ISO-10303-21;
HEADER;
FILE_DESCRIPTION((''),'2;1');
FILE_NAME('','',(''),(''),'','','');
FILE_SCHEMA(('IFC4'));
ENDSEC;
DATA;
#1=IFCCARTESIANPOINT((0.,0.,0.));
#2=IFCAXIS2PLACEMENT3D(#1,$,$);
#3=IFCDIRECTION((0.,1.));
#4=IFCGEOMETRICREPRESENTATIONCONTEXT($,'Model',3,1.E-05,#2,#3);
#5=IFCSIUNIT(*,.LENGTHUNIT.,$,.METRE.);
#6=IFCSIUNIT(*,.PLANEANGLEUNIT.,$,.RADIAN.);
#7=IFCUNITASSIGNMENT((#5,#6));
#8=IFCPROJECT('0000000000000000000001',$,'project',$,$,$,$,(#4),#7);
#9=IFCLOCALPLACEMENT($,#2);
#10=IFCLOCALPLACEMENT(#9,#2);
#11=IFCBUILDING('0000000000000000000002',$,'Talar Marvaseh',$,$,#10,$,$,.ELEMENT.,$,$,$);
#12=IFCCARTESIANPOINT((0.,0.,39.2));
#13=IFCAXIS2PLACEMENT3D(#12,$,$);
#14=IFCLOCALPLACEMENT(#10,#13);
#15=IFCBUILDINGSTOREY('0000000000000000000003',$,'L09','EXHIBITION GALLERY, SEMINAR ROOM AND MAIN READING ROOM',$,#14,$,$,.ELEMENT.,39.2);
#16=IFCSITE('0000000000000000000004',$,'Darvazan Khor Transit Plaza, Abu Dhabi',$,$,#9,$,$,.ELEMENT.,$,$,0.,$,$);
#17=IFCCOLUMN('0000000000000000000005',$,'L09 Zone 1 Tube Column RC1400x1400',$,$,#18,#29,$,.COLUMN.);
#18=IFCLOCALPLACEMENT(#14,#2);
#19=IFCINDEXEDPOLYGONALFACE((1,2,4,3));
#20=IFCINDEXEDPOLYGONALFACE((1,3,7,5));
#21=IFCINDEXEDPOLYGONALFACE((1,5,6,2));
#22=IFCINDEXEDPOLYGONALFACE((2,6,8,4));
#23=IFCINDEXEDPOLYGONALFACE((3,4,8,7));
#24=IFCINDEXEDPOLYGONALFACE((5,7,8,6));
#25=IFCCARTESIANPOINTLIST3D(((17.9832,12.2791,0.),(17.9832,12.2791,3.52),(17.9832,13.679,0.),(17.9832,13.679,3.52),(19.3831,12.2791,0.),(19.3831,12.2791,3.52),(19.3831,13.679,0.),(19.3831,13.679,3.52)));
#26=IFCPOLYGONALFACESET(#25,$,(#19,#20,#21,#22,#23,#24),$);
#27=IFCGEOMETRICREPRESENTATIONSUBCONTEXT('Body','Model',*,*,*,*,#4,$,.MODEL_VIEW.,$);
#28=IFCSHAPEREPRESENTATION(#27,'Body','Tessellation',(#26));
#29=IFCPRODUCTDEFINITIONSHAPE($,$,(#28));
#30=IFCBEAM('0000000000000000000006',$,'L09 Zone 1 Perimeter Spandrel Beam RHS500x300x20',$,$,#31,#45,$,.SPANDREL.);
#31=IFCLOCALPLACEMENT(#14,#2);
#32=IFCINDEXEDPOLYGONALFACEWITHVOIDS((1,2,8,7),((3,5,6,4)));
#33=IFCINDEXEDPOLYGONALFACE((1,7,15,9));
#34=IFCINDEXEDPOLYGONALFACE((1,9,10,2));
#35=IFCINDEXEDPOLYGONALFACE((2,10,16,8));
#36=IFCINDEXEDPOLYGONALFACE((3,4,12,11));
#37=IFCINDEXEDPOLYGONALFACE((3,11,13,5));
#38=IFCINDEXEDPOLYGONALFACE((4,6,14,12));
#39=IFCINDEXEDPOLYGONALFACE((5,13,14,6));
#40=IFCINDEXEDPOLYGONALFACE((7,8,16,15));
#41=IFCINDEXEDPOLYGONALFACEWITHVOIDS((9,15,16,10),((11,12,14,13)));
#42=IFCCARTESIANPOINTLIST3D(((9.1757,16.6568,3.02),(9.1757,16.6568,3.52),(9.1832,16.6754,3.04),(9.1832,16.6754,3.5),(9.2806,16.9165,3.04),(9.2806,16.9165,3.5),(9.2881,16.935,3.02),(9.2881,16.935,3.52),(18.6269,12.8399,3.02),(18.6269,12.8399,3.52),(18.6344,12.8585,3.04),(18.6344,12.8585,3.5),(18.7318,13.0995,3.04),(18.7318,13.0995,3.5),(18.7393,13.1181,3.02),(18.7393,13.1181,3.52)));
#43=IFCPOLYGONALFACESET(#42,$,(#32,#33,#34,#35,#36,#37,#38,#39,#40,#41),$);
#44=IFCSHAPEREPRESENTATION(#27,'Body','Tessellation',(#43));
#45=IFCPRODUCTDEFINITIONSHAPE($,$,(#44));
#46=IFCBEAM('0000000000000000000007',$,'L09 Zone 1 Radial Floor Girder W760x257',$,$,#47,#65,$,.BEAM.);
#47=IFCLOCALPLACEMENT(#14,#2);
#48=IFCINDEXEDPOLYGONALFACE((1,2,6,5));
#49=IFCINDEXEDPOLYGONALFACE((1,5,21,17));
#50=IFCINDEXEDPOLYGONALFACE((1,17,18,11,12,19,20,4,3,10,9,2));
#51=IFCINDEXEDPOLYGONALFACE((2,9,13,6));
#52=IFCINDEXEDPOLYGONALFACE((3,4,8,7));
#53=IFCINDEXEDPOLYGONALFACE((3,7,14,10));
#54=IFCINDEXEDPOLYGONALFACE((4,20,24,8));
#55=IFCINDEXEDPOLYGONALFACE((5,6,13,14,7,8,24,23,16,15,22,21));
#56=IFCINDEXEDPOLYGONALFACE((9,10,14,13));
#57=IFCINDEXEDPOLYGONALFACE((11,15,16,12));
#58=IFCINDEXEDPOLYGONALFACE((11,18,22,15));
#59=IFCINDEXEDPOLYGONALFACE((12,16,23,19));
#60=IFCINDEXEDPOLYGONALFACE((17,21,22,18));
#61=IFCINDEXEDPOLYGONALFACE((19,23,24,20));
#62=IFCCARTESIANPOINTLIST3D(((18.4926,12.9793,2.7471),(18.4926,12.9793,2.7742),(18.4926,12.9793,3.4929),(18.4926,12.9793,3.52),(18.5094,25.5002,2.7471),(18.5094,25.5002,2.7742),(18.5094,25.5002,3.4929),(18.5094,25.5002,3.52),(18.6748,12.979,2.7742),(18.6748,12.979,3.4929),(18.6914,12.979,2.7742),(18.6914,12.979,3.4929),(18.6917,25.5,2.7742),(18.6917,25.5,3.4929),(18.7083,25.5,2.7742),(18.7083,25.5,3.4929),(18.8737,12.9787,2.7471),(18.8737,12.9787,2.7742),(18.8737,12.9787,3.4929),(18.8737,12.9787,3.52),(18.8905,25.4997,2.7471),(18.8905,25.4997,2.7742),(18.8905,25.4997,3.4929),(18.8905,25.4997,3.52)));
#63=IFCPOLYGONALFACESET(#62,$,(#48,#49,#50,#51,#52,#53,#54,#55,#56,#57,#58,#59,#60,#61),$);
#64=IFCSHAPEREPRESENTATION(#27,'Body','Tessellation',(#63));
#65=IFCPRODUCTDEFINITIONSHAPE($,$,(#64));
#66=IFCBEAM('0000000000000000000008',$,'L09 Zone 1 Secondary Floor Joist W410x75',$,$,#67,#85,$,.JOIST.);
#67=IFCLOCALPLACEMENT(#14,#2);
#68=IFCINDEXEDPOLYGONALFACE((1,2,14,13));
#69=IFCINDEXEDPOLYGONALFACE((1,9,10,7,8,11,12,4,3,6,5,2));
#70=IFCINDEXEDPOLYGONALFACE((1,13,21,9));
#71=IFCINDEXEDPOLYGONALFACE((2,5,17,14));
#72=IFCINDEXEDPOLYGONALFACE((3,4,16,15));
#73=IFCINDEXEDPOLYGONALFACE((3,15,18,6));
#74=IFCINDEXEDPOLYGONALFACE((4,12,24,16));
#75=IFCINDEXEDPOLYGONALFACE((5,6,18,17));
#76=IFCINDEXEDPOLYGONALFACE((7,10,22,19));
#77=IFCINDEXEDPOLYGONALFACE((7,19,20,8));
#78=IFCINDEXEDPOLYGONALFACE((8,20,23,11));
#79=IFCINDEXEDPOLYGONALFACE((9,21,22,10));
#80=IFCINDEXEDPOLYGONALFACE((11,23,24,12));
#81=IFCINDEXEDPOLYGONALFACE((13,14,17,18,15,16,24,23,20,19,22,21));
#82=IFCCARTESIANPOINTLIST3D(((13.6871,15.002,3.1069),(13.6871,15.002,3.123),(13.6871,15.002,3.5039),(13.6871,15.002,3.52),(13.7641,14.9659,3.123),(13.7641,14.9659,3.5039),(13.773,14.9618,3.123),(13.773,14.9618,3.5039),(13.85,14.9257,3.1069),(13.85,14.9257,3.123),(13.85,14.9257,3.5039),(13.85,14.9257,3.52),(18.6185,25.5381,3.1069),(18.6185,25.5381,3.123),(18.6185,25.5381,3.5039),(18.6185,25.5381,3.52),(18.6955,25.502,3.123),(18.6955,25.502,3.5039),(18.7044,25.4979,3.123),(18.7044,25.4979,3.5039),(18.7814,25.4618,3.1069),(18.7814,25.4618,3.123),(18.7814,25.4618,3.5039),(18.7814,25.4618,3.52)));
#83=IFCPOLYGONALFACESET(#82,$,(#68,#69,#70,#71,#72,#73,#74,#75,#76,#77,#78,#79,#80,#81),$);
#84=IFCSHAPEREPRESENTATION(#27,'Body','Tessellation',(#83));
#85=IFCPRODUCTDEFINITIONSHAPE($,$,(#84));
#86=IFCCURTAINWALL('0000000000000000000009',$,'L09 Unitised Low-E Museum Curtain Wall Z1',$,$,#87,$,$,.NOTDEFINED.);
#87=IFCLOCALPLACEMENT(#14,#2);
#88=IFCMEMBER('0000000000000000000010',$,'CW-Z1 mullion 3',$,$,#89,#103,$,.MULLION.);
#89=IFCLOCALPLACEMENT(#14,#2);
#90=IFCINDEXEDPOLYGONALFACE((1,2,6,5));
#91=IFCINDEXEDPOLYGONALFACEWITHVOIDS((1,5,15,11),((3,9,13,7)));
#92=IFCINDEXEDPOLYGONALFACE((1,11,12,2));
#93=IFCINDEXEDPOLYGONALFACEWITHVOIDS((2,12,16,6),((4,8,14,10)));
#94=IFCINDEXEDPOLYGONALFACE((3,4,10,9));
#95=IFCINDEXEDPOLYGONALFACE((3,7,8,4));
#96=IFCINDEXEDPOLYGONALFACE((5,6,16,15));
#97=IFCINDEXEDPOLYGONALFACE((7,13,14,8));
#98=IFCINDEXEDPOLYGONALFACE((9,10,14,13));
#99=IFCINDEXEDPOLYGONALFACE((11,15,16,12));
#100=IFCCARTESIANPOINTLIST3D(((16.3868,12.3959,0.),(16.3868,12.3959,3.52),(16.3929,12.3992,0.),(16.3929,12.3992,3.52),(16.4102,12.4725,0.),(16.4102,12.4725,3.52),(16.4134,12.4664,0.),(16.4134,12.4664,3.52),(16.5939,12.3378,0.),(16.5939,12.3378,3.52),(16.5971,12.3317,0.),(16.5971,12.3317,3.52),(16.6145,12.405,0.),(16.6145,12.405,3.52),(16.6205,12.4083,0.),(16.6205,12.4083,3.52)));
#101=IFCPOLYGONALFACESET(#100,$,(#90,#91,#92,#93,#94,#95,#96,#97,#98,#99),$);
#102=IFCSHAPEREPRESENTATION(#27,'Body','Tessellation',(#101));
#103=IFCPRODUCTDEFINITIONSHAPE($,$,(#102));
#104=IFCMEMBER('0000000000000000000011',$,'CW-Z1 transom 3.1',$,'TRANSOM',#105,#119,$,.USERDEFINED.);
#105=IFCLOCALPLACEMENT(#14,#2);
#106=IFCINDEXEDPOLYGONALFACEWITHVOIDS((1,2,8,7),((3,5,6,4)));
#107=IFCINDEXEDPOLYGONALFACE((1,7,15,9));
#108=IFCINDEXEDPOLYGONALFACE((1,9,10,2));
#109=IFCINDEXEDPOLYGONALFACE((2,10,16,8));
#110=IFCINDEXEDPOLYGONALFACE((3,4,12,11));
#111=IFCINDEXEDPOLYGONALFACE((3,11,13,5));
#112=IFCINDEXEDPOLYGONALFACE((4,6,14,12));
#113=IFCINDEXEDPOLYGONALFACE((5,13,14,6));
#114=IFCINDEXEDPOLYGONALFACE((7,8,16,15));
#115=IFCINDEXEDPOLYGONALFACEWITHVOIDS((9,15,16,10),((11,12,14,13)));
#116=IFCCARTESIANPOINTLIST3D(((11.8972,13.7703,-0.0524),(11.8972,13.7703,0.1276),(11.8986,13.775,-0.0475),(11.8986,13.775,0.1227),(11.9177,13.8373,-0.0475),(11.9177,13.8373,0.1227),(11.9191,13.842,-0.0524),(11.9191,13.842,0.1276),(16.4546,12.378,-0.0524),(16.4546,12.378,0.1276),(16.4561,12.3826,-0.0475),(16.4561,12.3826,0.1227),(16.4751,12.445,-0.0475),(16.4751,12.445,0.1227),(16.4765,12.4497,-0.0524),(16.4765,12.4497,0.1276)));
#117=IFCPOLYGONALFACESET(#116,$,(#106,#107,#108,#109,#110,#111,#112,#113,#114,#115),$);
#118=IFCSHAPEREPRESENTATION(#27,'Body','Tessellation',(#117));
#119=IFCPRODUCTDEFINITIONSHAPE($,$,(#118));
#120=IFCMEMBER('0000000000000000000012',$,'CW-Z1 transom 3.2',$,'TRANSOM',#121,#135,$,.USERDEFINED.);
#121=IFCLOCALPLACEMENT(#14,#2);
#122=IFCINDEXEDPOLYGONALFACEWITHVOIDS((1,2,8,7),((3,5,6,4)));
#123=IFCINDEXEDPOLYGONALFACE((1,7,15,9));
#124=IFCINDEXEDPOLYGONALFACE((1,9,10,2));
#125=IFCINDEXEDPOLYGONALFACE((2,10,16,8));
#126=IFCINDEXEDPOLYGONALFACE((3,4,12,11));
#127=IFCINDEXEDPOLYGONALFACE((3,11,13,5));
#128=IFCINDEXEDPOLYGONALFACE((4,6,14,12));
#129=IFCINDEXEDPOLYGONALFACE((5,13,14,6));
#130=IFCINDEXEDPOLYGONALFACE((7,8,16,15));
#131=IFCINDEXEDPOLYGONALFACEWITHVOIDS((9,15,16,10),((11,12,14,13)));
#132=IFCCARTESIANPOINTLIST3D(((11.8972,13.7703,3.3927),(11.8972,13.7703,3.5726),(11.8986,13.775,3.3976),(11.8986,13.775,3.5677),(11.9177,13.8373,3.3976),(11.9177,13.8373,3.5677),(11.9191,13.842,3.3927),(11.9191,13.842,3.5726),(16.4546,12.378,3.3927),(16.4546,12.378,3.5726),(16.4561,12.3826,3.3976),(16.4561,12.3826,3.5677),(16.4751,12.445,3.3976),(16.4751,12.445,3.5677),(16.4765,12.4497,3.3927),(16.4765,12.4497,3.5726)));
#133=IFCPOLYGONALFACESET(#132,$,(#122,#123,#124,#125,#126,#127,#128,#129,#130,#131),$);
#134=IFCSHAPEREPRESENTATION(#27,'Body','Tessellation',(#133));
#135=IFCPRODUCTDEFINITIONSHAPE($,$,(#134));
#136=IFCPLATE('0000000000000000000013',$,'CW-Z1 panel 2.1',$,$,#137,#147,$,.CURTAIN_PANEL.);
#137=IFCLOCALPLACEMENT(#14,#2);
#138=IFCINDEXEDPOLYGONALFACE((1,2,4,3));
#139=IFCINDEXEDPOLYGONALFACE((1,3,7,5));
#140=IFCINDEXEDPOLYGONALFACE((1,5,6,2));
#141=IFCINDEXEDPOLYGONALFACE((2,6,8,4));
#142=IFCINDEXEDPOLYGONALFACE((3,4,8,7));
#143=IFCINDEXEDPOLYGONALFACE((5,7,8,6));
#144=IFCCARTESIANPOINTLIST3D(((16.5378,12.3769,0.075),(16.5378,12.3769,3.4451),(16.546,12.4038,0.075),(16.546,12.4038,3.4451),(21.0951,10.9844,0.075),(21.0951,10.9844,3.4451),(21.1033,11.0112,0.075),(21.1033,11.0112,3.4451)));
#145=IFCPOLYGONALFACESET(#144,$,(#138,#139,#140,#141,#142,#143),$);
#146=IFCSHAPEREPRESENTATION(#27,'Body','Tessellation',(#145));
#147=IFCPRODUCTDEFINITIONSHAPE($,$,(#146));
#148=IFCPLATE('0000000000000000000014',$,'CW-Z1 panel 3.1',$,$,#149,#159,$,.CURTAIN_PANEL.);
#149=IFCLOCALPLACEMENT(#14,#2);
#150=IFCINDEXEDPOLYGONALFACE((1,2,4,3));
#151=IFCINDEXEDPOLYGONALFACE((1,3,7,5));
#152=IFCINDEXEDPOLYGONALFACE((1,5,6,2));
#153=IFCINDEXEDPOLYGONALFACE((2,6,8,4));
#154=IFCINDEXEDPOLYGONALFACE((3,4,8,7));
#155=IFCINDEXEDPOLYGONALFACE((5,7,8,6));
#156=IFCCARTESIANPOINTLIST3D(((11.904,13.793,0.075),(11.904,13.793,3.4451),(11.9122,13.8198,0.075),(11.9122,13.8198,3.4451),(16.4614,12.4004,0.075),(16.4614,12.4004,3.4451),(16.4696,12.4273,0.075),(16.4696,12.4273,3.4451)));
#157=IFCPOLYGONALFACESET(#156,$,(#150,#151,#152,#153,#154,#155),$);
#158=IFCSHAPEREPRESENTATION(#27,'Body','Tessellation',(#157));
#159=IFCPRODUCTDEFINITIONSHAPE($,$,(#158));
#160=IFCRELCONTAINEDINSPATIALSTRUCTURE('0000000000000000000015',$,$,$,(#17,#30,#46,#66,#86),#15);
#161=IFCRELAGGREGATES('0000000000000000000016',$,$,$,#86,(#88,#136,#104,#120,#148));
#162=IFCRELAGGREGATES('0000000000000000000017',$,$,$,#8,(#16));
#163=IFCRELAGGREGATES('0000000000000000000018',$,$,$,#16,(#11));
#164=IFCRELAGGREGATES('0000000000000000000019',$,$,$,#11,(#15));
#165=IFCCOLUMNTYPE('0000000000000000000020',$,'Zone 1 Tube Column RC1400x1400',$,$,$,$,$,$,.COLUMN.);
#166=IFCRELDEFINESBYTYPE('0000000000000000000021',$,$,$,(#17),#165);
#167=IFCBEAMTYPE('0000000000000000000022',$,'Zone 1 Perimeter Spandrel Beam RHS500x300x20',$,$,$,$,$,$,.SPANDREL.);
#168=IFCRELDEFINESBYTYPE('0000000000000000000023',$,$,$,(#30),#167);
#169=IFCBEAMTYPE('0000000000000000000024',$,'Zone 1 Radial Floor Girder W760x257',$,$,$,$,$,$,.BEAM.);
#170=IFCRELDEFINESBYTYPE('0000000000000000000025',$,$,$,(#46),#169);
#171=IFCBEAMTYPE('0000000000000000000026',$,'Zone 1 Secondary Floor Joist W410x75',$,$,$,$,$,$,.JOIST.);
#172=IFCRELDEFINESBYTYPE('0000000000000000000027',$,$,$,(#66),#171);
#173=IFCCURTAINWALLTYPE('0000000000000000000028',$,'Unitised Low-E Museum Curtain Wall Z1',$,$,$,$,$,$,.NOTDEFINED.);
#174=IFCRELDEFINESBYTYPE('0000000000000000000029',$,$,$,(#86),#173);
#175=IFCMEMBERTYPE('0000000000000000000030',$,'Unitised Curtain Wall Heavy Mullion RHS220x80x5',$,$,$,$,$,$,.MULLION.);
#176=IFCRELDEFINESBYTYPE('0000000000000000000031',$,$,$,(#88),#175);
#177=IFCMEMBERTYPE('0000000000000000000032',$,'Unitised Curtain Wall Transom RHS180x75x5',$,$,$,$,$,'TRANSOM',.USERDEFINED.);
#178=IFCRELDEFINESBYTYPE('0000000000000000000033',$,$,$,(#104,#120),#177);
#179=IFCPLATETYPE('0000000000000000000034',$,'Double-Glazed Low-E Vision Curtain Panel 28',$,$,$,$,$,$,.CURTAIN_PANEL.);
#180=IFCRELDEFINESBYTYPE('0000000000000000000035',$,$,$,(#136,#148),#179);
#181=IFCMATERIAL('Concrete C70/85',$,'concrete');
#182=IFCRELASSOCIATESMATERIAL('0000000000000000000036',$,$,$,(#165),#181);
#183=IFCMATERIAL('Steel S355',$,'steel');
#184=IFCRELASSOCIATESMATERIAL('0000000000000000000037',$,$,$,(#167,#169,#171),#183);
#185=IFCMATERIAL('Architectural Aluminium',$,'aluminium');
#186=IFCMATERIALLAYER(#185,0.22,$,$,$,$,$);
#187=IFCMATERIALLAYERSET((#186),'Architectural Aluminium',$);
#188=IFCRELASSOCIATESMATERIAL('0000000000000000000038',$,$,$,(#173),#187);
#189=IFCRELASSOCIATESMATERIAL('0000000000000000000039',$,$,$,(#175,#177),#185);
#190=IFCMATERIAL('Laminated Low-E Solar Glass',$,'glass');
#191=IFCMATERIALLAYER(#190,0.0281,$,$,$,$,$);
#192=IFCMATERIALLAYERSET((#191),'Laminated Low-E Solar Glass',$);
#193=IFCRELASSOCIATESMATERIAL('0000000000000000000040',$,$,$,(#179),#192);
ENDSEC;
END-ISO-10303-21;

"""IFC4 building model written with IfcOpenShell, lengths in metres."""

from ifc_helpers import new_model, si_unit, direction, frame, origin, origin_2d, place, context, subcontext, project, spatial, rectangle, hollow_rectangle, i_section, extrude, source, transform, mapped, material, layer, layer_set, material_profile, profile_set, type_object, type_shapes, element, aggregate, save


model = new_model("IFC4")

# Units and contexts
model_context = context("Model", 3, precision=1e-05, world=origin(), true_north=direction((0.0, 1.0)))
body_context = subcontext(model_context, "Body", "Model", "MODEL_VIEW")
ifc_project = project(units=[si_unit("LENGTHUNIT", "METRE"), si_unit("PLANEANGLEUNIT", "RADIAN")], contexts=[model_context])

# Site, building, storey
site_placement = place(None, origin())
site = spatial("IfcSite", under=ifc_project, at=site_placement, Name="Darvazan Khor Transit Plaza, Abu Dhabi", CompositionType="ELEMENT", RefElevation=0.0)
building_placement = place(site_placement, origin())
building = spatial("IfcBuilding", under=site, at=building_placement, Name="Talar Marvaseh", CompositionType="ELEMENT")
storey_placement = place(building_placement, frame((0.0, 0.0, 39.2)))
storey = spatial("IfcBuildingStorey", under=building, at=storey_placement, Name="L09", Description="EXHIBITION GALLERY, SEMINAR ROOM AND MAIN READING ROOM", CompositionType="ELEMENT", Elevation=39.2)

# Column
ifc_material_1 = material(Name="Concrete C70/85", Category="concrete")
ifc_material_profile_1 = material_profile(ifc_material_1, rectangle(XDim=1.3999, YDim=1.3999, at=origin_2d()), Name="RC1400x1400")
ifc_profile_set_1 = profile_set([ifc_material_profile_1], Name="Concrete C70/85")
column_type = type_object("IfcColumnType", Name="Zone 1 Tube Column RC1400x1400", PredefinedType="COLUMN", material=ifc_profile_set_1)
column_placement = place(storey_placement, frame((18.6831, 12.979, 0.0), z_axis=(0.0, 0.0, 1.0), x_axis=(1.0, 0.0, 0.0)))
element("IfcColumn", 1, at=column_placement, inside=storey, type_object=column_type, Name="L09 Zone 1 Tube Column RC1400x1400", PredefinedType="COLUMN", context=body_context, shape_type="SweptSolid", body=[
    extrude(rectangle(XDim=1.3999, YDim=1.3999, at=origin_2d()), origin(), (0.0, 0.0, 1.0), 3.52),
])

# Beams
ifc_material_2 = material(Name="Steel S355", Category="steel")
ifc_material_profile_2 = material_profile(ifc_material_2, hollow_rectangle(XDim=0.3, YDim=0.5, WallThickness=0.02, at=origin_2d()), Name="RHS500x300x20")
ifc_profile_set_2 = profile_set([ifc_material_profile_2], Name="Steel S355")
beam_type_1 = type_object("IfcBeamType", Name="Zone 1 Perimeter Spandrel Beam RHS500x300x20", PredefinedType="SPANDREL", material=ifc_profile_set_2)
beam_1_placement = place(storey_placement, frame((18.6831, 12.979, 3.27), z_axis=(-0.927239, 0.374469, 0.0), x_axis=(-0.374469, -0.927239, 0.0)))
element("IfcBeam", 2, at=beam_1_placement, inside=storey, type_object=beam_type_1, Name="L09 Zone 1 Perimeter Spandrel Beam RHS500x300x20", PredefinedType="SPANDREL", context=body_context, shape_type="SweptSolid", body=[
    extrude(hollow_rectangle(XDim=0.3, YDim=0.5, WallThickness=0.02, at=origin_2d()), origin(), (0.0, 0.0, 1.0), 10.1929),
])
ifc_material_profile_3 = material_profile(ifc_material_2, i_section(OverallWidth=0.3811, OverallDepth=0.7729, WebThickness=0.0166, FlangeThickness=0.0271, at=origin_2d()), Name="W760x257")
ifc_profile_set_3 = profile_set([ifc_material_profile_3], Name="Steel S355")
beam_type_2 = type_object("IfcBeamType", Name="Zone 1 Radial Floor Girder W760x257", PredefinedType="BEAM", material=ifc_profile_set_3)
beam_2_placement = place(storey_placement, frame((18.6831, 12.979, 3.1335), z_axis=(0.001345, 0.999999, 0.0), x_axis=(-0.999999, 0.001345, 0.0)))
element("IfcBeam", 3, at=beam_2_placement, inside=storey, type_object=beam_type_2, Name="L09 Zone 1 Radial Floor Girder W760x257", PredefinedType="BEAM", context=body_context, shape_type="SweptSolid", body=[
    extrude(i_section(OverallWidth=0.3811, OverallDepth=0.7729, WebThickness=0.0166, FlangeThickness=0.0271, at=origin_2d()), origin(), (0.0, 0.0, 1.0), 12.521),
])
ifc_material_profile_4 = material_profile(ifc_material_2, i_section(OverallWidth=0.1799, OverallDepth=0.4131, WebThickness=0.0098, FlangeThickness=0.0161, at=origin_2d()), Name="W410x75")
ifc_profile_set_4 = profile_set([ifc_material_profile_4], Name="Steel S355")
beam_type_3 = type_object("IfcBeamType", Name="Zone 1 Secondary Floor Joist W410x75", PredefinedType="JOIST", material=ifc_profile_set_4)
beam_3_placement = place(storey_placement, frame((13.7686, 14.9639, 3.3135), z_axis=(0.423911, 0.905704, 0.0), x_axis=(-0.905704, 0.423911, 0.0)))
element("IfcBeam", 4, at=beam_3_placement, inside=storey, type_object=beam_type_3, Name="L09 Zone 1 Secondary Floor Joist W410x75", PredefinedType="JOIST", context=body_context, shape_type="SweptSolid", body=[
    extrude(i_section(OverallWidth=0.1799, OverallDepth=0.4131, WebThickness=0.0098, FlangeThickness=0.0161, at=origin_2d()), origin(), (0.0, 0.0, 1.0), 11.6331),
])

# Curtain wall, members, plates
ifc_material_3 = material(Name="Architectural Aluminium", Category="aluminium")
ifc_layer_1 = layer(ifc_material_3, 0.22)
ifc_layer_set_1 = layer_set([ifc_layer_1], Name="Architectural Aluminium")
curtain_wall_type = type_object("IfcCurtainWallType", Name="Unitised Low-E Museum Curtain Wall Z1", PredefinedType="NOTDEFINED", material=ifc_layer_set_1)
curtain_wall_placement = place(storey_placement, origin())
curtain_wall = element("IfcCurtainWall", 5, at=curtain_wall_placement, inside=storey, type_object=curtain_wall_type, Name="L09 Unitised Low-E Museum Curtain Wall Z1", PredefinedType="NOTDEFINED")
ifc_material_profile_5 = material_profile(ifc_material_3, hollow_rectangle(XDim=0.0801, YDim=0.22, WallThickness=0.0049, at=origin_2d()), Name="RHS220x80x5")
ifc_profile_set_5 = profile_set([ifc_material_profile_5], Name="Architectural Aluminium")
member_type_1 = type_object("IfcMemberType", Name="Unitised Curtain Wall Heavy Mullion RHS220x80x5", PredefinedType="MULLION", material=ifc_profile_set_5)
shared_shape_1 = source(origin(), body_context, "Body", "SweptSolid", [
    extrude(hollow_rectangle(XDim=0.0801, YDim=0.22, WallThickness=0.0049, at=origin_2d()), origin(), (0.0, 0.0, 1.0), 3.52),
])
type_shapes(member_type_1, [shared_shape_1])
member_1_placement = place(storey_placement, frame((16.5037, 12.4021, 0.0), z_axis=(0.0, 0.0, 1.0), x_axis=(-0.292223, -0.95635, 0.0)))
member_1 = element("IfcMember", 6, at=member_1_placement, type_object=member_type_1, Name="CW-Z1 mullion 3", PredefinedType="MULLION", context=body_context, shape_type="MappedRepresentation", body=[
    mapped(shared_shape_1, transform((0.0, 0.0, 0.0), x_axis=(1.0, 0.0, 0.0), y_axis=(0.0, 1.0, 0.0), z_axis=(0.0, 0.0, 1.0), scale=1.0)),
])
ifc_material_profile_6 = material_profile(ifc_material_3, hollow_rectangle(XDim=0.075, YDim=0.1799, WallThickness=0.0049, at=origin_2d()), Name="RHS180x75x5")
ifc_profile_set_6 = profile_set([ifc_material_profile_6], Name="Architectural Aluminium")
member_type_2 = type_object("IfcMemberType", Name="Unitised Curtain Wall Transom RHS180x75x5", ElementType="TRANSOM", PredefinedType="USERDEFINED", material=ifc_profile_set_6)
shared_shape_2 = source(origin(), body_context, "Body", "SweptSolid", [
    extrude(hollow_rectangle(XDim=0.075, YDim=0.1799, WallThickness=0.0049, at=origin_2d()), origin(), (0.0, 0.0, 1.0), 4.7654),
])
type_shapes(member_type_2, [shared_shape_2])
member_2_placement = place(storey_placement, frame((16.4656, 12.4138, 0.0376), z_axis=(-0.956363, 0.292181, 0.0), x_axis=(-0.292181, -0.956363, 0.0)))
member_2 = element("IfcMember", 7, at=member_2_placement, type_object=member_type_2, Name="CW-Z1 transom 3.1", ObjectType="TRANSOM", PredefinedType="USERDEFINED", context=body_context, shape_type="MappedRepresentation", body=[
    mapped(shared_shape_2, transform((0.0, 0.0, 0.0), x_axis=(1.0, 0.0, 0.0), y_axis=(0.0, 1.0, 0.0), z_axis=(0.0, 0.0, 1.0), scale=1.0)),
])
member_3_placement = place(storey_placement, frame((16.4656, 12.4138, 3.4827), z_axis=(-0.956363, 0.292181, 0.0), x_axis=(-0.292181, -0.956363, 0.0)))
member_3 = element("IfcMember", 8, at=member_3_placement, type_object=member_type_2, Name="CW-Z1 transom 3.2", ObjectType="TRANSOM", PredefinedType="USERDEFINED", context=body_context, shape_type="MappedRepresentation", body=[
    mapped(shared_shape_2, transform((0.0, 0.0, 0.0), x_axis=(1.0, 0.0, 0.0), y_axis=(0.0, 1.0, 0.0), z_axis=(0.0, 0.0, 1.0), scale=1.0)),
])
ifc_material_4 = material(Name="Laminated Low-E Solar Glass", Category="glass")
ifc_layer_2 = layer(ifc_material_4, 0.0281)
ifc_layer_set_2 = layer_set([ifc_layer_2], Name="Laminated Low-E Solar Glass")
plate_type = type_object("IfcPlateType", Name="Double-Glazed Low-E Vision Curtain Panel 28", PredefinedType="CURTAIN_PANEL", material=ifc_layer_set_2)
shared_shape_3 = source(origin(), body_context, "Body", "SweptSolid", [
    extrude(rectangle(XDim=4.7654, YDim=0.0281, at=origin_2d()), origin(), (0.0, 0.0, 1.0), 3.3701),
])
type_shapes(plate_type, [shared_shape_3])
plate_1_placement = place(storey_placement, frame((18.8206, 11.6941, 0.075), z_axis=(0.0, 0.0, 1.0), x_axis=(-0.95635, 0.292223, 0.0)))
plate_1 = element("IfcPlate", 9, at=plate_1_placement, type_object=plate_type, Name="CW-Z1 panel 2.1", PredefinedType="CURTAIN_PANEL", context=body_context, shape_type="MappedRepresentation", body=[
    mapped(shared_shape_3, transform((0.0, 0.0, 0.0), x_axis=(1.0, 0.0, 0.0), y_axis=(0.0, 1.0, 0.0), z_axis=(0.0, 0.0, 1.0), scale=1.0)),
])
plate_2_placement = place(storey_placement, frame((14.1868, 13.1101, 0.075), z_axis=(0.0, 0.0, 1.0), x_axis=(-0.95635, 0.292223, 0.0)))
plate_2 = element("IfcPlate", 10, at=plate_2_placement, type_object=plate_type, Name="CW-Z1 panel 3.1", PredefinedType="CURTAIN_PANEL", context=body_context, shape_type="MappedRepresentation", body=[
    mapped(shared_shape_3, transform((0.0, 0.0, 0.0), x_axis=(1.0, 0.0, 0.0), y_axis=(0.0, 1.0, 0.0), z_axis=(0.0, 0.0, 1.0), scale=1.0)),
])
aggregate(curtain_wall, [member_1, plate_1, member_2, member_3, plate_2])

save(model, "model.ifc")
